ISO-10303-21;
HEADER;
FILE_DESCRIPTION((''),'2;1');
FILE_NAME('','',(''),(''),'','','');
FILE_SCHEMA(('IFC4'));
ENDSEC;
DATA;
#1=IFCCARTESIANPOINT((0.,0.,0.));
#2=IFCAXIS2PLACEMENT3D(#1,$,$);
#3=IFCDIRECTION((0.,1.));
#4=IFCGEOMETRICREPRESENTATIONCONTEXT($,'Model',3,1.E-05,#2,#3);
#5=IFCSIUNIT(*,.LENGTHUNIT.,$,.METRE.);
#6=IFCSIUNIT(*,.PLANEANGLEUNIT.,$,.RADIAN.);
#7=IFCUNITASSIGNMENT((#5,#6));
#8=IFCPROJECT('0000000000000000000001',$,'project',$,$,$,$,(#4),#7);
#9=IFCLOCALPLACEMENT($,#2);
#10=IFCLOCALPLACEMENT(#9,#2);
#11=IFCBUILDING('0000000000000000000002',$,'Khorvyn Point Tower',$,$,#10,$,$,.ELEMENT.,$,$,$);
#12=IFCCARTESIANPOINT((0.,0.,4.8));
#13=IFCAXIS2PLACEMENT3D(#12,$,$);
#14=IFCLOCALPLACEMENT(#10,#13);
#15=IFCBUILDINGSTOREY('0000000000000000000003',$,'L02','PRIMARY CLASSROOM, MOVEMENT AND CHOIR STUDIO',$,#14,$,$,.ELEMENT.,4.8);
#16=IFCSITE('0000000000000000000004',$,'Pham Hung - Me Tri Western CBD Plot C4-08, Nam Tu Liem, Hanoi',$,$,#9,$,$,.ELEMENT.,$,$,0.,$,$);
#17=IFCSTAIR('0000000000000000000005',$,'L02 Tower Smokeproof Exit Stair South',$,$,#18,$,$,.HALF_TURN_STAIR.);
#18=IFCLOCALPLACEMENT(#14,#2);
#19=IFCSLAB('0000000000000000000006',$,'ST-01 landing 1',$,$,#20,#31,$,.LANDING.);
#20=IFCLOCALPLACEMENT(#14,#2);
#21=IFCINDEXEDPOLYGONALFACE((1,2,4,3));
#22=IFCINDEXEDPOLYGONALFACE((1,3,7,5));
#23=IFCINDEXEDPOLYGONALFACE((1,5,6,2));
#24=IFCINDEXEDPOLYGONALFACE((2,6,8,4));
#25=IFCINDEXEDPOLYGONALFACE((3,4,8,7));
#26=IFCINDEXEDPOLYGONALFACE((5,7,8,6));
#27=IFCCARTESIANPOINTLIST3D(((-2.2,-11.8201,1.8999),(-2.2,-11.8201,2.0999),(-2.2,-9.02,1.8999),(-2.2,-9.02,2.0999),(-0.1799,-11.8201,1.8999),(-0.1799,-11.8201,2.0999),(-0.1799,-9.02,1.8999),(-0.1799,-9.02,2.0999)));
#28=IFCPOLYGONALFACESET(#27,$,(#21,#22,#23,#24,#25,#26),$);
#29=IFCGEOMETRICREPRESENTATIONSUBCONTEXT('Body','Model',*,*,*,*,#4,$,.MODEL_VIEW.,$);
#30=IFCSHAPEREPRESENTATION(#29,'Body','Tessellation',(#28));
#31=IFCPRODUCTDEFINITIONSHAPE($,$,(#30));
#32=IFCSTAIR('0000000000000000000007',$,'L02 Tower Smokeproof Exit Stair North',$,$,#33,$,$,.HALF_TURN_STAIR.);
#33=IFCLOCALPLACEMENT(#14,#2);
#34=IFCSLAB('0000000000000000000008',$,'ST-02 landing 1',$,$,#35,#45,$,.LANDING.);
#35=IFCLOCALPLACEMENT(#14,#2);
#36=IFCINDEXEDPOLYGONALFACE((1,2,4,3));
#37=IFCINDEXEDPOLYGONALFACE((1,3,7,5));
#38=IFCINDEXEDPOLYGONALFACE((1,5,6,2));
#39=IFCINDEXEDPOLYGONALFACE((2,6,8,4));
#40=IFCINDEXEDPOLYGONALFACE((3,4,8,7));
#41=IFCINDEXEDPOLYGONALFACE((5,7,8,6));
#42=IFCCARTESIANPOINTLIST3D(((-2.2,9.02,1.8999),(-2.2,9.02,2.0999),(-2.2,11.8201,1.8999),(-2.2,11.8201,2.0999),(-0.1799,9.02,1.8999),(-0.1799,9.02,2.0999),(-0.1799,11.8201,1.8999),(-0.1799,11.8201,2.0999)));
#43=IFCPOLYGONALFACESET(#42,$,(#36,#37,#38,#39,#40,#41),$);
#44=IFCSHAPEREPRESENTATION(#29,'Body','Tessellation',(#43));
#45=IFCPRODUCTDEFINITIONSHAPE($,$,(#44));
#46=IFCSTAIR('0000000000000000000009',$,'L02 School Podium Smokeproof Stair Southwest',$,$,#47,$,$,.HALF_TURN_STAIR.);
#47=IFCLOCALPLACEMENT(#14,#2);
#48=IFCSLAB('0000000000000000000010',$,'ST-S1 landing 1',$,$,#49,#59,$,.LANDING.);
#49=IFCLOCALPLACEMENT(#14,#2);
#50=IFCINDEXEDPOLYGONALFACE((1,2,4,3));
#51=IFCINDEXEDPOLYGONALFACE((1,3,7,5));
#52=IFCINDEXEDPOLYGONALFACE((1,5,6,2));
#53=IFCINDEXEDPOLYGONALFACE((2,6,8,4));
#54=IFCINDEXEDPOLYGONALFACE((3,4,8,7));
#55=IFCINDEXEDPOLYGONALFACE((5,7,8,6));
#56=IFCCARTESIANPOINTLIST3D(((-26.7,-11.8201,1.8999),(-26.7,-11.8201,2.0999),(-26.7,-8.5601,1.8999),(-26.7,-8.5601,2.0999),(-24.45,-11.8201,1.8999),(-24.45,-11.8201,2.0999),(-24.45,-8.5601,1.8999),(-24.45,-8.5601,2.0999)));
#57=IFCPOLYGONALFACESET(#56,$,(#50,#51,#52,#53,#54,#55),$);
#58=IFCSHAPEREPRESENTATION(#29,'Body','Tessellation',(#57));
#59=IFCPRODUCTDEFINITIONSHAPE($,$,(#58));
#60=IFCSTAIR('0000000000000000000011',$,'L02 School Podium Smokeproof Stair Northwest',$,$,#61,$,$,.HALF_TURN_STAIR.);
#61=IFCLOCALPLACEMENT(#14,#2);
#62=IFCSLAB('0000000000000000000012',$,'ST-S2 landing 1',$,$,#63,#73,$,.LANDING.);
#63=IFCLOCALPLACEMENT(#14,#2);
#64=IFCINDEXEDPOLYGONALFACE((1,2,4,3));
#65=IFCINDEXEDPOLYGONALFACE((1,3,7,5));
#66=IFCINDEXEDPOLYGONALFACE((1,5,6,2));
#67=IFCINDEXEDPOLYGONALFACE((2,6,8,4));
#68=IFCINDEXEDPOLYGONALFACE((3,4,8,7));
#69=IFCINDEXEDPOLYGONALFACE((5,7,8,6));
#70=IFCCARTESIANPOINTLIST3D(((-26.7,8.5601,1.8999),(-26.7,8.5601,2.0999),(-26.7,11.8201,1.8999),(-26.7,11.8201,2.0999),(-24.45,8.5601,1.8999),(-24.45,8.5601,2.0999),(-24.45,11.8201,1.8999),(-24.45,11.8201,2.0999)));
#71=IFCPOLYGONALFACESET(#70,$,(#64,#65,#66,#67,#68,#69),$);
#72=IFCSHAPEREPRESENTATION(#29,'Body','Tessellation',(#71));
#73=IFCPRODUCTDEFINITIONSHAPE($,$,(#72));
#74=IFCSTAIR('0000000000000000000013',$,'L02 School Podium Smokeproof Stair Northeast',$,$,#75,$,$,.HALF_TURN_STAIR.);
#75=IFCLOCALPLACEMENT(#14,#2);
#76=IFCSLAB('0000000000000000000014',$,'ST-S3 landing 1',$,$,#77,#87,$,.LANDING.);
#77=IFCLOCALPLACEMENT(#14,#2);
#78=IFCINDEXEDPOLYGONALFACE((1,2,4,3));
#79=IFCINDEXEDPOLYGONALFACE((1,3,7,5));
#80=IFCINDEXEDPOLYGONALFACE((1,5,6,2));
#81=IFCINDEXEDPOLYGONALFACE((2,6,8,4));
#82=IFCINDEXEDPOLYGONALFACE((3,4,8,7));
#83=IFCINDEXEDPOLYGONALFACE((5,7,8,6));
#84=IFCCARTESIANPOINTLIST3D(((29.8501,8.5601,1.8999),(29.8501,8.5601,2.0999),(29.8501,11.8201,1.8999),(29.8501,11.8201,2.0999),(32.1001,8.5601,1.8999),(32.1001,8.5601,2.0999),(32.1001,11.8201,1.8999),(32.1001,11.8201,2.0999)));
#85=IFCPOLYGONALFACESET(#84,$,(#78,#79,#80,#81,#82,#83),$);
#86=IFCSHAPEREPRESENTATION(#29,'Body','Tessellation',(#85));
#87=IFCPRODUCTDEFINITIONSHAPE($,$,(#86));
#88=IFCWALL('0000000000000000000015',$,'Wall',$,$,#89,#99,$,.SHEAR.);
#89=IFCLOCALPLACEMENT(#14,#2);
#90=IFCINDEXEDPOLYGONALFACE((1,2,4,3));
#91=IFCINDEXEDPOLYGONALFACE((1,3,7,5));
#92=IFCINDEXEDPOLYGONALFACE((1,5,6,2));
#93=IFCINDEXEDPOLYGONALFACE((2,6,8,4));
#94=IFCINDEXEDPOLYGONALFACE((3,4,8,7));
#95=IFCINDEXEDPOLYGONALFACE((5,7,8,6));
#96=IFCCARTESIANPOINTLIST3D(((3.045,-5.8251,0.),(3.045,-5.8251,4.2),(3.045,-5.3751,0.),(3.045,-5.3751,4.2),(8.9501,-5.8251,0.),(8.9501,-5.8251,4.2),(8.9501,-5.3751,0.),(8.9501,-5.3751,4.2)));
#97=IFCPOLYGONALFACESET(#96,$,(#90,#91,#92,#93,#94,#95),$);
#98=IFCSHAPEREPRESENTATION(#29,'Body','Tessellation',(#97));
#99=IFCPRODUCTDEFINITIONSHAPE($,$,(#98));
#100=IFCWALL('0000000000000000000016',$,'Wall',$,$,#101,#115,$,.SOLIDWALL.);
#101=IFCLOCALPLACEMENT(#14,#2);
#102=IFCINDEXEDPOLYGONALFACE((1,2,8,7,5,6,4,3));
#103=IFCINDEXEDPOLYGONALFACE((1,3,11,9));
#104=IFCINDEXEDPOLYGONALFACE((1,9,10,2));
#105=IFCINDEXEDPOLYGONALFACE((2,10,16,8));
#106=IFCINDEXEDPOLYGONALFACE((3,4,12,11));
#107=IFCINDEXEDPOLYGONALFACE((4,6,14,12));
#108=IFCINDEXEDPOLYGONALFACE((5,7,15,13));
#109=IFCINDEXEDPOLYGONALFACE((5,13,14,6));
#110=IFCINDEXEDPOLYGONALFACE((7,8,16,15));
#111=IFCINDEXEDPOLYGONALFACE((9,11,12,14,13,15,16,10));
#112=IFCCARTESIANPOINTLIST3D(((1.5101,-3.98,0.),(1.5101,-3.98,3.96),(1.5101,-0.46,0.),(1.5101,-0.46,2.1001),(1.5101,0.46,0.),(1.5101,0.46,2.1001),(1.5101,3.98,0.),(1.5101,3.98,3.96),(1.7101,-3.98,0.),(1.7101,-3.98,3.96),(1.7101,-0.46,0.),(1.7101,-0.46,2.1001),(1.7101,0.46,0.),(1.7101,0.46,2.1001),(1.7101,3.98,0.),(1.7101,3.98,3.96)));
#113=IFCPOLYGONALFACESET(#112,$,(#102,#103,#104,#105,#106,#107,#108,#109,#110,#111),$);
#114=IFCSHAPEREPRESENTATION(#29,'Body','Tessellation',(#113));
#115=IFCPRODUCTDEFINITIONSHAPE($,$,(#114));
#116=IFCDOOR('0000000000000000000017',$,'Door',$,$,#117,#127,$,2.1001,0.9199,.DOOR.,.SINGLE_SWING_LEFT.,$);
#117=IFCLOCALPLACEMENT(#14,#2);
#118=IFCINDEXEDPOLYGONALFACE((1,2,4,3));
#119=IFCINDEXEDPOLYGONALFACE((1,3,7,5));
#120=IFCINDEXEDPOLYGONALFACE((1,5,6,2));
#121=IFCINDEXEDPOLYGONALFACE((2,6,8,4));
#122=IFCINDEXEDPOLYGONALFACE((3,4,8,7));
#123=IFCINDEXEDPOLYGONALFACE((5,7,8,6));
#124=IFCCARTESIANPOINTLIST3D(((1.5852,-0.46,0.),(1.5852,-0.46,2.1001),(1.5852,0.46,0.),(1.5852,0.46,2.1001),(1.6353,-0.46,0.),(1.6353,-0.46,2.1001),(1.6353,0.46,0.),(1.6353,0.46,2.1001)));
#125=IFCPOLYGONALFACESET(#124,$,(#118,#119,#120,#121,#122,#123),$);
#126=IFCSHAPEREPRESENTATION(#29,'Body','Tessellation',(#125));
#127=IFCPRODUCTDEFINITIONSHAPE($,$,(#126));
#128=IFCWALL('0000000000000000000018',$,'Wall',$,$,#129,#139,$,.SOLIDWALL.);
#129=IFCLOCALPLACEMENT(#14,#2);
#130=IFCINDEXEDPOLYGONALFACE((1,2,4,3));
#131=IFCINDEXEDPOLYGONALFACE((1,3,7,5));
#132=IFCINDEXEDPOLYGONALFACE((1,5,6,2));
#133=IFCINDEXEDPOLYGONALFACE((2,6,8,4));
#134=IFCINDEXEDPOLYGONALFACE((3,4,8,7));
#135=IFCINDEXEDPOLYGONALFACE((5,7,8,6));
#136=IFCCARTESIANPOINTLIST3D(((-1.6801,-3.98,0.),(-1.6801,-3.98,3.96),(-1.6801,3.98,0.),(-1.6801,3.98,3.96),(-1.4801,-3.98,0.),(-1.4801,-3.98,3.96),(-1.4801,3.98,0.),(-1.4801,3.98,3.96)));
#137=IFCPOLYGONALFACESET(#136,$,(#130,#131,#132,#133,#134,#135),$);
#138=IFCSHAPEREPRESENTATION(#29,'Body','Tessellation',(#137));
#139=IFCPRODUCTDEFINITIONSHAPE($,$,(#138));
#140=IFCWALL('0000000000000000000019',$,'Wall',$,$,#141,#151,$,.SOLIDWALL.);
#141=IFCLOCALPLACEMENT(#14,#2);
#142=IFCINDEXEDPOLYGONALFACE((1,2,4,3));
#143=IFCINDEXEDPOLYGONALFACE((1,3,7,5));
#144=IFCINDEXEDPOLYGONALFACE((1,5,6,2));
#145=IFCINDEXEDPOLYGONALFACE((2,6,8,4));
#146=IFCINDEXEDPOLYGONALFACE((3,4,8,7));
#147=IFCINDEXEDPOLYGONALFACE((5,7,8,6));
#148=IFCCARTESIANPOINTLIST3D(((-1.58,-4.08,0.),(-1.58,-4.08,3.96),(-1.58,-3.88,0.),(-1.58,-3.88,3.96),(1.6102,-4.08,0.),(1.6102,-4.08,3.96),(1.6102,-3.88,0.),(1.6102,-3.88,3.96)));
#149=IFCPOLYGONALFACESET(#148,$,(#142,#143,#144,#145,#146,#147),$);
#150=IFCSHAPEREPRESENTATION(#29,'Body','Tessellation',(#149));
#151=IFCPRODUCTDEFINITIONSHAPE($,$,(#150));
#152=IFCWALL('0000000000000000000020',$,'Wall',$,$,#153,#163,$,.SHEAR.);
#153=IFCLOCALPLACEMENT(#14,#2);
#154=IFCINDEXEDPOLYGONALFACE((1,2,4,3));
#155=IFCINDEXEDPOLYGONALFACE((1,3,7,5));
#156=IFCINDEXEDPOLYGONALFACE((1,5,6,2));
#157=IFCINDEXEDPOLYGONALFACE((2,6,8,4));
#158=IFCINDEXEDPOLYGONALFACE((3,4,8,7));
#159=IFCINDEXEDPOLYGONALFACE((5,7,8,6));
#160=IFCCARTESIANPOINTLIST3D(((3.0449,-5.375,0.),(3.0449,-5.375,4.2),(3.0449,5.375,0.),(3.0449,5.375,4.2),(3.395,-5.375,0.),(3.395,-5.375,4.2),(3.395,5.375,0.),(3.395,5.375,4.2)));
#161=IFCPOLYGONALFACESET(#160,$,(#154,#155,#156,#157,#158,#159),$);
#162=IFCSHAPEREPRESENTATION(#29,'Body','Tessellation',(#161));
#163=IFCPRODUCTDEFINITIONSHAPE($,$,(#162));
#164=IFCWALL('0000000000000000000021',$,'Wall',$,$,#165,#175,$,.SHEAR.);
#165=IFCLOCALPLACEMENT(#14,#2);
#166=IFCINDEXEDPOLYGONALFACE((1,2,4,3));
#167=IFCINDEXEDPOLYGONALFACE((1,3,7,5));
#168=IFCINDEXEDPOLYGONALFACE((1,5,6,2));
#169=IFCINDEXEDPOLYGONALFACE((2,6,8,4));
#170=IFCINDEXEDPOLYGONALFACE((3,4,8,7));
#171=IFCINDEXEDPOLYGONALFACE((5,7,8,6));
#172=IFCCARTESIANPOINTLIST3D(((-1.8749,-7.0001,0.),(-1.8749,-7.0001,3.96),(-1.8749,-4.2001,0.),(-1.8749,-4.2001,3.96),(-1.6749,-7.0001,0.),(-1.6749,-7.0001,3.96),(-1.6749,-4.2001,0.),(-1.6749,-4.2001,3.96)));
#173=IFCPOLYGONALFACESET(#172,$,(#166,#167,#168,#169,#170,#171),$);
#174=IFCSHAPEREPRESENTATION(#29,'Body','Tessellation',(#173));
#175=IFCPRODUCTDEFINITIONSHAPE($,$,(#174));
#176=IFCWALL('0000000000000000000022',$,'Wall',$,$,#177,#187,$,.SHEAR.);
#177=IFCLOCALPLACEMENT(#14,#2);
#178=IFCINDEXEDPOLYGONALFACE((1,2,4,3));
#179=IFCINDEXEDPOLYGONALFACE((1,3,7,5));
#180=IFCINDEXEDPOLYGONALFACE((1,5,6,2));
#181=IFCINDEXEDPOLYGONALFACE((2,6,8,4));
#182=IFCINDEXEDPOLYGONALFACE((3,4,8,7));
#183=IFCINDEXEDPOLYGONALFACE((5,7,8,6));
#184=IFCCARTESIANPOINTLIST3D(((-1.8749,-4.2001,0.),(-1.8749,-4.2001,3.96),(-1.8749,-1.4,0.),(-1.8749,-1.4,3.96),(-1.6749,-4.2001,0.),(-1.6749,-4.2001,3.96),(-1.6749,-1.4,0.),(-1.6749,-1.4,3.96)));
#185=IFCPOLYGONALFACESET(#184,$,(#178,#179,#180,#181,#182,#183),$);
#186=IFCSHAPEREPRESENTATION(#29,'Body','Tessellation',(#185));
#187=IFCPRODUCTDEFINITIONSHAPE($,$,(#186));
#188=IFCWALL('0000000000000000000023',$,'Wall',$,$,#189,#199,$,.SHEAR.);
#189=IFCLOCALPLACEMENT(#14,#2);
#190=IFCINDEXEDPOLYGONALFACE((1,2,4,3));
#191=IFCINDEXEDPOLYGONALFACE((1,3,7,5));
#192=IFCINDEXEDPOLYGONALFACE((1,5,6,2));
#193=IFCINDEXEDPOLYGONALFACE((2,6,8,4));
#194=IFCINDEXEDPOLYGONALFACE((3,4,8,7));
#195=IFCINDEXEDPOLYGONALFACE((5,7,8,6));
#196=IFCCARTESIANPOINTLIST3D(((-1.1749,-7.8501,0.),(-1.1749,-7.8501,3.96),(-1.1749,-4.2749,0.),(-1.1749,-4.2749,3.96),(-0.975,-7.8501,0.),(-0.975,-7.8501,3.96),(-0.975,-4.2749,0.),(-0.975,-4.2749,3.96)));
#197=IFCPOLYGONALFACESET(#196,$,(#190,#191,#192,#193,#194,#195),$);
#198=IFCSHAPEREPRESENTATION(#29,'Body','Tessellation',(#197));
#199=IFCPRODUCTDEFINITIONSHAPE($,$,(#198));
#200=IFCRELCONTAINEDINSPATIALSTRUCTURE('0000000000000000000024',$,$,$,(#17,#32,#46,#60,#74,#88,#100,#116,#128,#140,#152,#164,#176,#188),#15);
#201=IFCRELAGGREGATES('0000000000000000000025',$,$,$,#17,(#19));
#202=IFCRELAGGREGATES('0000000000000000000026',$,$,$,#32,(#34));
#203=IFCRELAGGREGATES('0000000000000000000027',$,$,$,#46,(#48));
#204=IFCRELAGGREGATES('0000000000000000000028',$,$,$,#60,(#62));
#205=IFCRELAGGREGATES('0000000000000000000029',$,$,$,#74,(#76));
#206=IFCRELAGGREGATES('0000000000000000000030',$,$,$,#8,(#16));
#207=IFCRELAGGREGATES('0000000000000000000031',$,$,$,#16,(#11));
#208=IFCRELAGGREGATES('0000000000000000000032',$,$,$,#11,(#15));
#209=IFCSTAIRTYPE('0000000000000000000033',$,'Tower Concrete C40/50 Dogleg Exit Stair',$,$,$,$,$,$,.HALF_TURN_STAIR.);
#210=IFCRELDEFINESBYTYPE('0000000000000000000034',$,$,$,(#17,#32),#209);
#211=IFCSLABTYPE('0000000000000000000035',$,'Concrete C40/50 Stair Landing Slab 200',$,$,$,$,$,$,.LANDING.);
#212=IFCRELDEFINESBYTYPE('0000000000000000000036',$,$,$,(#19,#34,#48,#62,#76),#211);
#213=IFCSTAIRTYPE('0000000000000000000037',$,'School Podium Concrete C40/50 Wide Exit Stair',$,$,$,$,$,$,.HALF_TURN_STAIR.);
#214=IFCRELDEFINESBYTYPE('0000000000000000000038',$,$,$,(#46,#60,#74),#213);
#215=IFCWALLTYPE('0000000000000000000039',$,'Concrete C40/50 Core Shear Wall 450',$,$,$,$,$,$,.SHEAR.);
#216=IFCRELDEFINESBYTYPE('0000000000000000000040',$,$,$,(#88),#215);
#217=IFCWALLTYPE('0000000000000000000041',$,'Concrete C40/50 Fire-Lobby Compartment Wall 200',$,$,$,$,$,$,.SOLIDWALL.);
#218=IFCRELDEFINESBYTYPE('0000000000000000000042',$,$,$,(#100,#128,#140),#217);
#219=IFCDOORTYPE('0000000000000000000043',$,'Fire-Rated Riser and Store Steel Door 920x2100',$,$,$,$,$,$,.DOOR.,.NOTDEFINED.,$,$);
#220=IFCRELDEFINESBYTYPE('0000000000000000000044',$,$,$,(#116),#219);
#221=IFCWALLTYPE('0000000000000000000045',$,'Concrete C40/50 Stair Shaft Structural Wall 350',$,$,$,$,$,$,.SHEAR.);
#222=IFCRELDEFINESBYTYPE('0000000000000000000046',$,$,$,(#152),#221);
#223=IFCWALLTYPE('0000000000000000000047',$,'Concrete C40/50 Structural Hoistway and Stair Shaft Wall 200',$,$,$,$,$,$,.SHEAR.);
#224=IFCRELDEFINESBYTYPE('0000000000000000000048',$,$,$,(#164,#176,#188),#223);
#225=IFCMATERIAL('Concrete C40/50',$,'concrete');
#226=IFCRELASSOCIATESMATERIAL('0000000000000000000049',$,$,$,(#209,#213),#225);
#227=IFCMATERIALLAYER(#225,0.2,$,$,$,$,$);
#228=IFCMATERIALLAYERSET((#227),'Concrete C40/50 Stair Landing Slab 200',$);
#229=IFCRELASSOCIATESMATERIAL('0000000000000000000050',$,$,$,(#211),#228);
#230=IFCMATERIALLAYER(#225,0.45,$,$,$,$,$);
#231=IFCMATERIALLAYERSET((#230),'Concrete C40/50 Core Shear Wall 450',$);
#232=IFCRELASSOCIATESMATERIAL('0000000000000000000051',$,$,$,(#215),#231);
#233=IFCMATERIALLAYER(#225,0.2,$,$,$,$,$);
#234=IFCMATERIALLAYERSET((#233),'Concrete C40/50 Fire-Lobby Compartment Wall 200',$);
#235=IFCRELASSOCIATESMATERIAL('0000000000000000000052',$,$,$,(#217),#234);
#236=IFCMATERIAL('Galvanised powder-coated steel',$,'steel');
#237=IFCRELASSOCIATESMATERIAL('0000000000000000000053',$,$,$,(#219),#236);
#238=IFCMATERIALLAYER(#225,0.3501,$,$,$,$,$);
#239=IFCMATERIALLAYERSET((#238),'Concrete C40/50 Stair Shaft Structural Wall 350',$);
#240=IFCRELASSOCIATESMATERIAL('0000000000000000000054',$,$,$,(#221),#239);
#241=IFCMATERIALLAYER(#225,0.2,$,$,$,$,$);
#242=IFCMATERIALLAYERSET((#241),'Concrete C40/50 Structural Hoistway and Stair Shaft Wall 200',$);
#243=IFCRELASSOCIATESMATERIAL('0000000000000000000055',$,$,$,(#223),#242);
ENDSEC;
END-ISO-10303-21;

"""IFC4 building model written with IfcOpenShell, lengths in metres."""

from ifc_helpers import new_model, si_unit, direction, frame, frame_2d, origin, place, context, subcontext, project, spatial, polyline, rectangle, outline, extrude, material, layer, layer_set, type_object, element, fill, aggregate, save


model = new_model("IFC4")

# Units and contexts
model_context = context("Model", 3, precision=1e-05, world=origin(), true_north=direction((0.0, 1.0)))
body_context = subcontext(model_context, "Body", "Model", "MODEL_VIEW")
ifc_project = project(units=[si_unit("LENGTHUNIT", "METRE"), si_unit("PLANEANGLEUNIT", "RADIAN")], contexts=[model_context])

# Site, building, storey
site_placement = place(None, origin())
site = spatial("IfcSite", under=ifc_project, at=site_placement, Name="Pham Hung - Me Tri Western CBD Plot C4-08, Nam Tu Liem, Hanoi", CompositionType="ELEMENT", RefElevation=0.0)
building_placement = place(site_placement, origin())
building = spatial("IfcBuilding", under=site, at=building_placement, Name="Khorvyn Point Tower", CompositionType="ELEMENT")
storey_placement = place(building_placement, frame((0.0, 0.0, 4.8)))
storey = spatial("IfcBuildingStorey", under=building, at=storey_placement, Name="L02", Description="PRIMARY CLASSROOM, MOVEMENT AND CHOIR STUDIO", CompositionType="ELEMENT", Elevation=4.8)

# Shared definitions
ifc_material_1 = material(Name="Concrete C40/50", Category="concrete")

# Stairs, slabs
stair_type_1 = type_object("IfcStairType", Name="Tower Concrete C40/50 Dogleg Exit Stair", PredefinedType="HALF_TURN_STAIR", material=ifc_material_1)
stair_1_placement = place(storey_placement, origin())
stair_1 = element("IfcStair", 1, at=stair_1_placement, inside=storey, type_object=stair_type_1, Name="L02 Tower Smokeproof Exit Stair South", PredefinedType="HALF_TURN_STAIR")
ifc_layer_1 = layer(ifc_material_1, 0.2)
ifc_layer_set_1 = layer_set([ifc_layer_1], Name="Concrete C40/50 Stair Landing Slab 200")
slab_type_1 = type_object("IfcSlabType", Name="Concrete C40/50 Stair Landing Slab 200", PredefinedType="LANDING", material=ifc_layer_set_1)
slab_1_placement = place(storey_placement, frame((0.0, 0.0, 1.8999)))
slab_1 = element("IfcSlab", 2, at=slab_1_placement, type_object=slab_type_1, Name="ST-01 landing 1", PredefinedType="LANDING", context=body_context, shape_type="SweptSolid", body=[
    extrude(outline(polyline([(-0.1799, -9.02), (-2.2, -9.02), (-2.2, -11.8201), (-0.1799, -11.8201), (-0.1799, -9.02)])), origin(), (0.0, 0.0, 1.0), 0.2),
])
aggregate(stair_1, [slab_1])
stair_2_placement = place(storey_placement, origin())
stair_2 = element("IfcStair", 3, at=stair_2_placement, inside=storey, type_object=stair_type_1, Name="L02 Tower Smokeproof Exit Stair North", PredefinedType="HALF_TURN_STAIR")
slab_2_placement = place(storey_placement, frame((0.0, 0.0, 1.8999)))
slab_2 = element("IfcSlab", 4, at=slab_2_placement, type_object=slab_type_1, Name="ST-02 landing 1", PredefinedType="LANDING", context=body_context, shape_type="SweptSolid", body=[
    extrude(outline(polyline([(-0.1799, 11.8201), (-2.2, 11.8201), (-2.2, 9.02), (-0.1799, 9.02), (-0.1799, 11.8201)])), origin(), (0.0, 0.0, 1.0), 0.2),
])
aggregate(stair_2, [slab_2])
stair_type_2 = type_object("IfcStairType", Name="School Podium Concrete C40/50 Wide Exit Stair", PredefinedType="HALF_TURN_STAIR", material=ifc_material_1)
stair_3_placement = place(storey_placement, origin())
stair_3 = element("IfcStair", 5, at=stair_3_placement, inside=storey, type_object=stair_type_2, Name="L02 School Podium Smokeproof Stair Southwest", PredefinedType="HALF_TURN_STAIR")
slab_3_placement = place(storey_placement, frame((0.0, 0.0, 1.8999)))
slab_3 = element("IfcSlab", 6, at=slab_3_placement, type_object=slab_type_1, Name="ST-S1 landing 1", PredefinedType="LANDING", context=body_context, shape_type="SweptSolid", body=[
    extrude(outline(polyline([(-26.7, -11.8201), (-24.45, -11.8201), (-24.45, -8.5601), (-26.7, -8.5601), (-26.7, -11.8201)])), origin(), (0.0, 0.0, 1.0), 0.2),
])
aggregate(stair_3, [slab_3])
stair_4_placement = place(storey_placement, origin())
stair_4 = element("IfcStair", 7, at=stair_4_placement, inside=storey, type_object=stair_type_2, Name="L02 School Podium Smokeproof Stair Northwest", PredefinedType="HALF_TURN_STAIR")
slab_4_placement = place(storey_placement, frame((0.0, 0.0, 1.8999)))
slab_4 = element("IfcSlab", 8, at=slab_4_placement, type_object=slab_type_1, Name="ST-S2 landing 1", PredefinedType="LANDING", context=body_context, shape_type="SweptSolid", body=[
    extrude(outline(polyline([(-26.7, 8.5601), (-24.45, 8.5601), (-24.45, 11.8201), (-26.7, 11.8201), (-26.7, 8.5601)])), origin(), (0.0, 0.0, 1.0), 0.2),
])
aggregate(stair_4, [slab_4])
stair_5_placement = place(storey_placement, origin())
stair_5 = element("IfcStair", 9, at=stair_5_placement, inside=storey, type_object=stair_type_2, Name="L02 School Podium Smokeproof Stair Northeast", PredefinedType="HALF_TURN_STAIR")
slab_5_placement = place(storey_placement, frame((0.0, 0.0, 1.8999)))
slab_5 = element("IfcSlab", 10, at=slab_5_placement, type_object=slab_type_1, Name="ST-S3 landing 1", PredefinedType="LANDING", context=body_context, shape_type="SweptSolid", body=[
    extrude(outline(polyline([(29.8501, 8.5601), (32.1001, 8.5601), (32.1001, 11.8201), (29.8501, 11.8201), (29.8501, 8.5601)])), origin(), (0.0, 0.0, 1.0), 0.2),
])
aggregate(stair_5, [slab_5])

# Wall
ifc_layer_2 = layer(ifc_material_1, 0.45)
ifc_layer_set_2 = layer_set([ifc_layer_2], Name="Concrete C40/50 Core Shear Wall 450")
wall_type_1 = type_object("IfcWallType", Name="Concrete C40/50 Core Shear Wall 450", PredefinedType="SHEAR", material=ifc_layer_set_2)
wall_1_placement = place(storey_placement, frame((3.0449, -5.6001, 0.0), z_axis=(0.0, 0.0, 1.0), x_axis=(1.0, 0.0, 0.0)))
element("IfcWall", 11, at=wall_1_placement, inside=storey, type_object=wall_type_1, Name="Wall", PredefinedType="SHEAR", context=body_context, shape_type="SweptSolid", body=[
    extrude(rectangle(XDim=5.905, YDim=0.45, at=frame_2d((2.9526, 0.0))), origin(), (0.0, 0.0, 1.0), 4.2),
])

# Wall, opening, door
ifc_layer_3 = layer(ifc_material_1, 0.2)
ifc_layer_set_3 = layer_set([ifc_layer_3], Name="Concrete C40/50 Fire-Lobby Compartment Wall 200")
wall_type_2 = type_object("IfcWallType", Name="Concrete C40/50 Fire-Lobby Compartment Wall 200", PredefinedType="SOLIDWALL", material=ifc_layer_set_3)
ifc_material_2 = material(Name="Galvanised powder-coated steel", Category="steel")
wall_2_placement = place(storey_placement, frame((1.6101, -3.98, 0.0), z_axis=(0.0, 0.0, 1.0), x_axis=(0.0, 1.0, 0.0)))
wall_2 = element("IfcWall", 12, at=wall_2_placement, inside=storey, type_object=wall_type_2, Name="Wall", PredefinedType="SOLIDWALL", context=body_context, shape_type="SweptSolid", body=[
    extrude(rectangle(XDim=7.96, YDim=0.2, at=frame_2d((3.98, 0.0))), origin(), (0.0, 0.0, 1.0), 3.96),
])
opening_1_placement = place(wall_2_placement, frame((3.52, 0.0, 0.0)))
opening_1 = element("IfcOpeningElement", 13, at=opening_1_placement, cuts=wall_2, PredefinedType="OPENING", context=body_context, shape_type="SweptSolid", body=[
    extrude(rectangle(XDim=0.9199, YDim=2.1001, at=frame_2d((0.46, 1.05))), frame((0.0, 0.1099, 0.0), z_axis=(0.0, -1.0, 0.0), x_axis=(1.0, 0.0, 0.0)), (0.0, 0.0, 1.0), 0.22),
])
door_type_1 = type_object("IfcDoorType", Name="Fire-Rated Riser and Store Steel Door 920x2100", OperationType="NOTDEFINED", PredefinedType="DOOR", material=ifc_material_2)
door_1_placement = place(opening_1_placement, origin())
door_1 = element("IfcDoor", 14, at=door_1_placement, inside=storey, type_object=door_type_1, Name="Door", OperationType="SINGLE_SWING_LEFT", OverallHeight=2.1001, OverallWidth=0.9199, PredefinedType="DOOR", context=body_context, shape_type="SweptSolid", body=[
    extrude(rectangle(XDim=0.9199, YDim=2.1001, at=frame_2d((0.46, 1.05))), frame((0.0, 0.0249, 0.0), z_axis=(0.0, -1.0, 0.0), x_axis=(1.0, 0.0, 0.0)), (0.0, 0.0, 1.0), 0.05),
])
fill(opening_1, door_1)

# Walls
wall_3_placement = place(storey_placement, frame((-1.5801, -3.98, 0.0), z_axis=(0.0, 0.0, 1.0), x_axis=(0.0, 1.0, 0.0)))
element("IfcWall", 15, at=wall_3_placement, inside=storey, type_object=wall_type_2, Name="Wall", PredefinedType="SOLIDWALL", context=body_context, shape_type="SweptSolid", body=[
    extrude(rectangle(XDim=7.96, YDim=0.2, at=frame_2d((3.98, 0.0))), origin(), (0.0, 0.0, 1.0), 3.96),
])
wall_4_placement = place(storey_placement, frame((-1.5801, -3.98, 0.0), z_axis=(0.0, 0.0, 1.0), x_axis=(1.0, 0.0, 0.0)))
element("IfcWall", 16, at=wall_4_placement, inside=storey, type_object=wall_type_2, Name="Wall", PredefinedType="SOLIDWALL", context=body_context, shape_type="SweptSolid", body=[
    extrude(rectangle(XDim=3.1902, YDim=0.2, at=frame_2d((1.5952, 0.0))), origin(), (0.0, 0.0, 1.0), 3.96),
])
ifc_layer_4 = layer(ifc_material_1, 0.3501)
ifc_layer_set_4 = layer_set([ifc_layer_4], Name="Concrete C40/50 Stair Shaft Structural Wall 350")
wall_type_3 = type_object("IfcWallType", Name="Concrete C40/50 Stair Shaft Structural Wall 350", PredefinedType="SHEAR", material=ifc_layer_set_4)
wall_5_placement = place(storey_placement, frame((3.22, -5.375, 0.0), z_axis=(0.0, 0.0, 1.0), x_axis=(0.0, 1.0, 0.0)))
element("IfcWall", 17, at=wall_5_placement, inside=storey, type_object=wall_type_3, Name="Wall", PredefinedType="SHEAR", context=body_context, shape_type="SweptSolid", body=[
    extrude(rectangle(XDim=10.75, YDim=0.3501, at=frame_2d((5.375, 0.0))), origin(), (0.0, 0.0, 1.0), 4.2),
])
ifc_layer_5 = layer(ifc_material_1, 0.2)
ifc_layer_set_5 = layer_set([ifc_layer_5], Name="Concrete C40/50 Structural Hoistway and Stair Shaft Wall 200")
wall_type_4 = type_object("IfcWallType", Name="Concrete C40/50 Structural Hoistway and Stair Shaft Wall 200", PredefinedType="SHEAR", material=ifc_layer_set_5)
for number, where, z_axis, x_axis, name in (
    (18, (-1.7749, -7.0, 0.0), (0.0, 0.0, 1.0), (0.0, 1.0, 0.0), "Wall"),
    (19, (-1.7749, -4.2, 0.0), (0.0, 0.0, 1.0), (0.0, 1.0, 0.0), "Wall"),
):
    element("IfcWall", number, at=place(storey_placement, frame(where, z_axis=z_axis, x_axis=x_axis)), inside=storey, type_object=wall_type_4, Name=name, PredefinedType="SHEAR", context=body_context, shape_type="SweptSolid", body=[
        extrude(rectangle(XDim=2.8, YDim=0.2, at=frame_2d((1.3999, 0.0))), origin(), (0.0, 0.0, 1.0), 3.96),
    ])
wall_6_placement = place(storey_placement, frame((-1.075, -7.8501, 0.0), z_axis=(0.0, 0.0, 1.0), x_axis=(0.0, 1.0, 0.0)))
element("IfcWall", 20, at=wall_6_placement, inside=storey, type_object=wall_type_4, Name="Wall", PredefinedType="SHEAR", context=body_context, shape_type="SweptSolid", body=[
    extrude(rectangle(XDim=3.5752, YDim=0.2, at=frame_2d((1.7876, 0.0))), origin(), (0.0, 0.0, 1.0), 3.96),
])

save(model, "model.ifc")
